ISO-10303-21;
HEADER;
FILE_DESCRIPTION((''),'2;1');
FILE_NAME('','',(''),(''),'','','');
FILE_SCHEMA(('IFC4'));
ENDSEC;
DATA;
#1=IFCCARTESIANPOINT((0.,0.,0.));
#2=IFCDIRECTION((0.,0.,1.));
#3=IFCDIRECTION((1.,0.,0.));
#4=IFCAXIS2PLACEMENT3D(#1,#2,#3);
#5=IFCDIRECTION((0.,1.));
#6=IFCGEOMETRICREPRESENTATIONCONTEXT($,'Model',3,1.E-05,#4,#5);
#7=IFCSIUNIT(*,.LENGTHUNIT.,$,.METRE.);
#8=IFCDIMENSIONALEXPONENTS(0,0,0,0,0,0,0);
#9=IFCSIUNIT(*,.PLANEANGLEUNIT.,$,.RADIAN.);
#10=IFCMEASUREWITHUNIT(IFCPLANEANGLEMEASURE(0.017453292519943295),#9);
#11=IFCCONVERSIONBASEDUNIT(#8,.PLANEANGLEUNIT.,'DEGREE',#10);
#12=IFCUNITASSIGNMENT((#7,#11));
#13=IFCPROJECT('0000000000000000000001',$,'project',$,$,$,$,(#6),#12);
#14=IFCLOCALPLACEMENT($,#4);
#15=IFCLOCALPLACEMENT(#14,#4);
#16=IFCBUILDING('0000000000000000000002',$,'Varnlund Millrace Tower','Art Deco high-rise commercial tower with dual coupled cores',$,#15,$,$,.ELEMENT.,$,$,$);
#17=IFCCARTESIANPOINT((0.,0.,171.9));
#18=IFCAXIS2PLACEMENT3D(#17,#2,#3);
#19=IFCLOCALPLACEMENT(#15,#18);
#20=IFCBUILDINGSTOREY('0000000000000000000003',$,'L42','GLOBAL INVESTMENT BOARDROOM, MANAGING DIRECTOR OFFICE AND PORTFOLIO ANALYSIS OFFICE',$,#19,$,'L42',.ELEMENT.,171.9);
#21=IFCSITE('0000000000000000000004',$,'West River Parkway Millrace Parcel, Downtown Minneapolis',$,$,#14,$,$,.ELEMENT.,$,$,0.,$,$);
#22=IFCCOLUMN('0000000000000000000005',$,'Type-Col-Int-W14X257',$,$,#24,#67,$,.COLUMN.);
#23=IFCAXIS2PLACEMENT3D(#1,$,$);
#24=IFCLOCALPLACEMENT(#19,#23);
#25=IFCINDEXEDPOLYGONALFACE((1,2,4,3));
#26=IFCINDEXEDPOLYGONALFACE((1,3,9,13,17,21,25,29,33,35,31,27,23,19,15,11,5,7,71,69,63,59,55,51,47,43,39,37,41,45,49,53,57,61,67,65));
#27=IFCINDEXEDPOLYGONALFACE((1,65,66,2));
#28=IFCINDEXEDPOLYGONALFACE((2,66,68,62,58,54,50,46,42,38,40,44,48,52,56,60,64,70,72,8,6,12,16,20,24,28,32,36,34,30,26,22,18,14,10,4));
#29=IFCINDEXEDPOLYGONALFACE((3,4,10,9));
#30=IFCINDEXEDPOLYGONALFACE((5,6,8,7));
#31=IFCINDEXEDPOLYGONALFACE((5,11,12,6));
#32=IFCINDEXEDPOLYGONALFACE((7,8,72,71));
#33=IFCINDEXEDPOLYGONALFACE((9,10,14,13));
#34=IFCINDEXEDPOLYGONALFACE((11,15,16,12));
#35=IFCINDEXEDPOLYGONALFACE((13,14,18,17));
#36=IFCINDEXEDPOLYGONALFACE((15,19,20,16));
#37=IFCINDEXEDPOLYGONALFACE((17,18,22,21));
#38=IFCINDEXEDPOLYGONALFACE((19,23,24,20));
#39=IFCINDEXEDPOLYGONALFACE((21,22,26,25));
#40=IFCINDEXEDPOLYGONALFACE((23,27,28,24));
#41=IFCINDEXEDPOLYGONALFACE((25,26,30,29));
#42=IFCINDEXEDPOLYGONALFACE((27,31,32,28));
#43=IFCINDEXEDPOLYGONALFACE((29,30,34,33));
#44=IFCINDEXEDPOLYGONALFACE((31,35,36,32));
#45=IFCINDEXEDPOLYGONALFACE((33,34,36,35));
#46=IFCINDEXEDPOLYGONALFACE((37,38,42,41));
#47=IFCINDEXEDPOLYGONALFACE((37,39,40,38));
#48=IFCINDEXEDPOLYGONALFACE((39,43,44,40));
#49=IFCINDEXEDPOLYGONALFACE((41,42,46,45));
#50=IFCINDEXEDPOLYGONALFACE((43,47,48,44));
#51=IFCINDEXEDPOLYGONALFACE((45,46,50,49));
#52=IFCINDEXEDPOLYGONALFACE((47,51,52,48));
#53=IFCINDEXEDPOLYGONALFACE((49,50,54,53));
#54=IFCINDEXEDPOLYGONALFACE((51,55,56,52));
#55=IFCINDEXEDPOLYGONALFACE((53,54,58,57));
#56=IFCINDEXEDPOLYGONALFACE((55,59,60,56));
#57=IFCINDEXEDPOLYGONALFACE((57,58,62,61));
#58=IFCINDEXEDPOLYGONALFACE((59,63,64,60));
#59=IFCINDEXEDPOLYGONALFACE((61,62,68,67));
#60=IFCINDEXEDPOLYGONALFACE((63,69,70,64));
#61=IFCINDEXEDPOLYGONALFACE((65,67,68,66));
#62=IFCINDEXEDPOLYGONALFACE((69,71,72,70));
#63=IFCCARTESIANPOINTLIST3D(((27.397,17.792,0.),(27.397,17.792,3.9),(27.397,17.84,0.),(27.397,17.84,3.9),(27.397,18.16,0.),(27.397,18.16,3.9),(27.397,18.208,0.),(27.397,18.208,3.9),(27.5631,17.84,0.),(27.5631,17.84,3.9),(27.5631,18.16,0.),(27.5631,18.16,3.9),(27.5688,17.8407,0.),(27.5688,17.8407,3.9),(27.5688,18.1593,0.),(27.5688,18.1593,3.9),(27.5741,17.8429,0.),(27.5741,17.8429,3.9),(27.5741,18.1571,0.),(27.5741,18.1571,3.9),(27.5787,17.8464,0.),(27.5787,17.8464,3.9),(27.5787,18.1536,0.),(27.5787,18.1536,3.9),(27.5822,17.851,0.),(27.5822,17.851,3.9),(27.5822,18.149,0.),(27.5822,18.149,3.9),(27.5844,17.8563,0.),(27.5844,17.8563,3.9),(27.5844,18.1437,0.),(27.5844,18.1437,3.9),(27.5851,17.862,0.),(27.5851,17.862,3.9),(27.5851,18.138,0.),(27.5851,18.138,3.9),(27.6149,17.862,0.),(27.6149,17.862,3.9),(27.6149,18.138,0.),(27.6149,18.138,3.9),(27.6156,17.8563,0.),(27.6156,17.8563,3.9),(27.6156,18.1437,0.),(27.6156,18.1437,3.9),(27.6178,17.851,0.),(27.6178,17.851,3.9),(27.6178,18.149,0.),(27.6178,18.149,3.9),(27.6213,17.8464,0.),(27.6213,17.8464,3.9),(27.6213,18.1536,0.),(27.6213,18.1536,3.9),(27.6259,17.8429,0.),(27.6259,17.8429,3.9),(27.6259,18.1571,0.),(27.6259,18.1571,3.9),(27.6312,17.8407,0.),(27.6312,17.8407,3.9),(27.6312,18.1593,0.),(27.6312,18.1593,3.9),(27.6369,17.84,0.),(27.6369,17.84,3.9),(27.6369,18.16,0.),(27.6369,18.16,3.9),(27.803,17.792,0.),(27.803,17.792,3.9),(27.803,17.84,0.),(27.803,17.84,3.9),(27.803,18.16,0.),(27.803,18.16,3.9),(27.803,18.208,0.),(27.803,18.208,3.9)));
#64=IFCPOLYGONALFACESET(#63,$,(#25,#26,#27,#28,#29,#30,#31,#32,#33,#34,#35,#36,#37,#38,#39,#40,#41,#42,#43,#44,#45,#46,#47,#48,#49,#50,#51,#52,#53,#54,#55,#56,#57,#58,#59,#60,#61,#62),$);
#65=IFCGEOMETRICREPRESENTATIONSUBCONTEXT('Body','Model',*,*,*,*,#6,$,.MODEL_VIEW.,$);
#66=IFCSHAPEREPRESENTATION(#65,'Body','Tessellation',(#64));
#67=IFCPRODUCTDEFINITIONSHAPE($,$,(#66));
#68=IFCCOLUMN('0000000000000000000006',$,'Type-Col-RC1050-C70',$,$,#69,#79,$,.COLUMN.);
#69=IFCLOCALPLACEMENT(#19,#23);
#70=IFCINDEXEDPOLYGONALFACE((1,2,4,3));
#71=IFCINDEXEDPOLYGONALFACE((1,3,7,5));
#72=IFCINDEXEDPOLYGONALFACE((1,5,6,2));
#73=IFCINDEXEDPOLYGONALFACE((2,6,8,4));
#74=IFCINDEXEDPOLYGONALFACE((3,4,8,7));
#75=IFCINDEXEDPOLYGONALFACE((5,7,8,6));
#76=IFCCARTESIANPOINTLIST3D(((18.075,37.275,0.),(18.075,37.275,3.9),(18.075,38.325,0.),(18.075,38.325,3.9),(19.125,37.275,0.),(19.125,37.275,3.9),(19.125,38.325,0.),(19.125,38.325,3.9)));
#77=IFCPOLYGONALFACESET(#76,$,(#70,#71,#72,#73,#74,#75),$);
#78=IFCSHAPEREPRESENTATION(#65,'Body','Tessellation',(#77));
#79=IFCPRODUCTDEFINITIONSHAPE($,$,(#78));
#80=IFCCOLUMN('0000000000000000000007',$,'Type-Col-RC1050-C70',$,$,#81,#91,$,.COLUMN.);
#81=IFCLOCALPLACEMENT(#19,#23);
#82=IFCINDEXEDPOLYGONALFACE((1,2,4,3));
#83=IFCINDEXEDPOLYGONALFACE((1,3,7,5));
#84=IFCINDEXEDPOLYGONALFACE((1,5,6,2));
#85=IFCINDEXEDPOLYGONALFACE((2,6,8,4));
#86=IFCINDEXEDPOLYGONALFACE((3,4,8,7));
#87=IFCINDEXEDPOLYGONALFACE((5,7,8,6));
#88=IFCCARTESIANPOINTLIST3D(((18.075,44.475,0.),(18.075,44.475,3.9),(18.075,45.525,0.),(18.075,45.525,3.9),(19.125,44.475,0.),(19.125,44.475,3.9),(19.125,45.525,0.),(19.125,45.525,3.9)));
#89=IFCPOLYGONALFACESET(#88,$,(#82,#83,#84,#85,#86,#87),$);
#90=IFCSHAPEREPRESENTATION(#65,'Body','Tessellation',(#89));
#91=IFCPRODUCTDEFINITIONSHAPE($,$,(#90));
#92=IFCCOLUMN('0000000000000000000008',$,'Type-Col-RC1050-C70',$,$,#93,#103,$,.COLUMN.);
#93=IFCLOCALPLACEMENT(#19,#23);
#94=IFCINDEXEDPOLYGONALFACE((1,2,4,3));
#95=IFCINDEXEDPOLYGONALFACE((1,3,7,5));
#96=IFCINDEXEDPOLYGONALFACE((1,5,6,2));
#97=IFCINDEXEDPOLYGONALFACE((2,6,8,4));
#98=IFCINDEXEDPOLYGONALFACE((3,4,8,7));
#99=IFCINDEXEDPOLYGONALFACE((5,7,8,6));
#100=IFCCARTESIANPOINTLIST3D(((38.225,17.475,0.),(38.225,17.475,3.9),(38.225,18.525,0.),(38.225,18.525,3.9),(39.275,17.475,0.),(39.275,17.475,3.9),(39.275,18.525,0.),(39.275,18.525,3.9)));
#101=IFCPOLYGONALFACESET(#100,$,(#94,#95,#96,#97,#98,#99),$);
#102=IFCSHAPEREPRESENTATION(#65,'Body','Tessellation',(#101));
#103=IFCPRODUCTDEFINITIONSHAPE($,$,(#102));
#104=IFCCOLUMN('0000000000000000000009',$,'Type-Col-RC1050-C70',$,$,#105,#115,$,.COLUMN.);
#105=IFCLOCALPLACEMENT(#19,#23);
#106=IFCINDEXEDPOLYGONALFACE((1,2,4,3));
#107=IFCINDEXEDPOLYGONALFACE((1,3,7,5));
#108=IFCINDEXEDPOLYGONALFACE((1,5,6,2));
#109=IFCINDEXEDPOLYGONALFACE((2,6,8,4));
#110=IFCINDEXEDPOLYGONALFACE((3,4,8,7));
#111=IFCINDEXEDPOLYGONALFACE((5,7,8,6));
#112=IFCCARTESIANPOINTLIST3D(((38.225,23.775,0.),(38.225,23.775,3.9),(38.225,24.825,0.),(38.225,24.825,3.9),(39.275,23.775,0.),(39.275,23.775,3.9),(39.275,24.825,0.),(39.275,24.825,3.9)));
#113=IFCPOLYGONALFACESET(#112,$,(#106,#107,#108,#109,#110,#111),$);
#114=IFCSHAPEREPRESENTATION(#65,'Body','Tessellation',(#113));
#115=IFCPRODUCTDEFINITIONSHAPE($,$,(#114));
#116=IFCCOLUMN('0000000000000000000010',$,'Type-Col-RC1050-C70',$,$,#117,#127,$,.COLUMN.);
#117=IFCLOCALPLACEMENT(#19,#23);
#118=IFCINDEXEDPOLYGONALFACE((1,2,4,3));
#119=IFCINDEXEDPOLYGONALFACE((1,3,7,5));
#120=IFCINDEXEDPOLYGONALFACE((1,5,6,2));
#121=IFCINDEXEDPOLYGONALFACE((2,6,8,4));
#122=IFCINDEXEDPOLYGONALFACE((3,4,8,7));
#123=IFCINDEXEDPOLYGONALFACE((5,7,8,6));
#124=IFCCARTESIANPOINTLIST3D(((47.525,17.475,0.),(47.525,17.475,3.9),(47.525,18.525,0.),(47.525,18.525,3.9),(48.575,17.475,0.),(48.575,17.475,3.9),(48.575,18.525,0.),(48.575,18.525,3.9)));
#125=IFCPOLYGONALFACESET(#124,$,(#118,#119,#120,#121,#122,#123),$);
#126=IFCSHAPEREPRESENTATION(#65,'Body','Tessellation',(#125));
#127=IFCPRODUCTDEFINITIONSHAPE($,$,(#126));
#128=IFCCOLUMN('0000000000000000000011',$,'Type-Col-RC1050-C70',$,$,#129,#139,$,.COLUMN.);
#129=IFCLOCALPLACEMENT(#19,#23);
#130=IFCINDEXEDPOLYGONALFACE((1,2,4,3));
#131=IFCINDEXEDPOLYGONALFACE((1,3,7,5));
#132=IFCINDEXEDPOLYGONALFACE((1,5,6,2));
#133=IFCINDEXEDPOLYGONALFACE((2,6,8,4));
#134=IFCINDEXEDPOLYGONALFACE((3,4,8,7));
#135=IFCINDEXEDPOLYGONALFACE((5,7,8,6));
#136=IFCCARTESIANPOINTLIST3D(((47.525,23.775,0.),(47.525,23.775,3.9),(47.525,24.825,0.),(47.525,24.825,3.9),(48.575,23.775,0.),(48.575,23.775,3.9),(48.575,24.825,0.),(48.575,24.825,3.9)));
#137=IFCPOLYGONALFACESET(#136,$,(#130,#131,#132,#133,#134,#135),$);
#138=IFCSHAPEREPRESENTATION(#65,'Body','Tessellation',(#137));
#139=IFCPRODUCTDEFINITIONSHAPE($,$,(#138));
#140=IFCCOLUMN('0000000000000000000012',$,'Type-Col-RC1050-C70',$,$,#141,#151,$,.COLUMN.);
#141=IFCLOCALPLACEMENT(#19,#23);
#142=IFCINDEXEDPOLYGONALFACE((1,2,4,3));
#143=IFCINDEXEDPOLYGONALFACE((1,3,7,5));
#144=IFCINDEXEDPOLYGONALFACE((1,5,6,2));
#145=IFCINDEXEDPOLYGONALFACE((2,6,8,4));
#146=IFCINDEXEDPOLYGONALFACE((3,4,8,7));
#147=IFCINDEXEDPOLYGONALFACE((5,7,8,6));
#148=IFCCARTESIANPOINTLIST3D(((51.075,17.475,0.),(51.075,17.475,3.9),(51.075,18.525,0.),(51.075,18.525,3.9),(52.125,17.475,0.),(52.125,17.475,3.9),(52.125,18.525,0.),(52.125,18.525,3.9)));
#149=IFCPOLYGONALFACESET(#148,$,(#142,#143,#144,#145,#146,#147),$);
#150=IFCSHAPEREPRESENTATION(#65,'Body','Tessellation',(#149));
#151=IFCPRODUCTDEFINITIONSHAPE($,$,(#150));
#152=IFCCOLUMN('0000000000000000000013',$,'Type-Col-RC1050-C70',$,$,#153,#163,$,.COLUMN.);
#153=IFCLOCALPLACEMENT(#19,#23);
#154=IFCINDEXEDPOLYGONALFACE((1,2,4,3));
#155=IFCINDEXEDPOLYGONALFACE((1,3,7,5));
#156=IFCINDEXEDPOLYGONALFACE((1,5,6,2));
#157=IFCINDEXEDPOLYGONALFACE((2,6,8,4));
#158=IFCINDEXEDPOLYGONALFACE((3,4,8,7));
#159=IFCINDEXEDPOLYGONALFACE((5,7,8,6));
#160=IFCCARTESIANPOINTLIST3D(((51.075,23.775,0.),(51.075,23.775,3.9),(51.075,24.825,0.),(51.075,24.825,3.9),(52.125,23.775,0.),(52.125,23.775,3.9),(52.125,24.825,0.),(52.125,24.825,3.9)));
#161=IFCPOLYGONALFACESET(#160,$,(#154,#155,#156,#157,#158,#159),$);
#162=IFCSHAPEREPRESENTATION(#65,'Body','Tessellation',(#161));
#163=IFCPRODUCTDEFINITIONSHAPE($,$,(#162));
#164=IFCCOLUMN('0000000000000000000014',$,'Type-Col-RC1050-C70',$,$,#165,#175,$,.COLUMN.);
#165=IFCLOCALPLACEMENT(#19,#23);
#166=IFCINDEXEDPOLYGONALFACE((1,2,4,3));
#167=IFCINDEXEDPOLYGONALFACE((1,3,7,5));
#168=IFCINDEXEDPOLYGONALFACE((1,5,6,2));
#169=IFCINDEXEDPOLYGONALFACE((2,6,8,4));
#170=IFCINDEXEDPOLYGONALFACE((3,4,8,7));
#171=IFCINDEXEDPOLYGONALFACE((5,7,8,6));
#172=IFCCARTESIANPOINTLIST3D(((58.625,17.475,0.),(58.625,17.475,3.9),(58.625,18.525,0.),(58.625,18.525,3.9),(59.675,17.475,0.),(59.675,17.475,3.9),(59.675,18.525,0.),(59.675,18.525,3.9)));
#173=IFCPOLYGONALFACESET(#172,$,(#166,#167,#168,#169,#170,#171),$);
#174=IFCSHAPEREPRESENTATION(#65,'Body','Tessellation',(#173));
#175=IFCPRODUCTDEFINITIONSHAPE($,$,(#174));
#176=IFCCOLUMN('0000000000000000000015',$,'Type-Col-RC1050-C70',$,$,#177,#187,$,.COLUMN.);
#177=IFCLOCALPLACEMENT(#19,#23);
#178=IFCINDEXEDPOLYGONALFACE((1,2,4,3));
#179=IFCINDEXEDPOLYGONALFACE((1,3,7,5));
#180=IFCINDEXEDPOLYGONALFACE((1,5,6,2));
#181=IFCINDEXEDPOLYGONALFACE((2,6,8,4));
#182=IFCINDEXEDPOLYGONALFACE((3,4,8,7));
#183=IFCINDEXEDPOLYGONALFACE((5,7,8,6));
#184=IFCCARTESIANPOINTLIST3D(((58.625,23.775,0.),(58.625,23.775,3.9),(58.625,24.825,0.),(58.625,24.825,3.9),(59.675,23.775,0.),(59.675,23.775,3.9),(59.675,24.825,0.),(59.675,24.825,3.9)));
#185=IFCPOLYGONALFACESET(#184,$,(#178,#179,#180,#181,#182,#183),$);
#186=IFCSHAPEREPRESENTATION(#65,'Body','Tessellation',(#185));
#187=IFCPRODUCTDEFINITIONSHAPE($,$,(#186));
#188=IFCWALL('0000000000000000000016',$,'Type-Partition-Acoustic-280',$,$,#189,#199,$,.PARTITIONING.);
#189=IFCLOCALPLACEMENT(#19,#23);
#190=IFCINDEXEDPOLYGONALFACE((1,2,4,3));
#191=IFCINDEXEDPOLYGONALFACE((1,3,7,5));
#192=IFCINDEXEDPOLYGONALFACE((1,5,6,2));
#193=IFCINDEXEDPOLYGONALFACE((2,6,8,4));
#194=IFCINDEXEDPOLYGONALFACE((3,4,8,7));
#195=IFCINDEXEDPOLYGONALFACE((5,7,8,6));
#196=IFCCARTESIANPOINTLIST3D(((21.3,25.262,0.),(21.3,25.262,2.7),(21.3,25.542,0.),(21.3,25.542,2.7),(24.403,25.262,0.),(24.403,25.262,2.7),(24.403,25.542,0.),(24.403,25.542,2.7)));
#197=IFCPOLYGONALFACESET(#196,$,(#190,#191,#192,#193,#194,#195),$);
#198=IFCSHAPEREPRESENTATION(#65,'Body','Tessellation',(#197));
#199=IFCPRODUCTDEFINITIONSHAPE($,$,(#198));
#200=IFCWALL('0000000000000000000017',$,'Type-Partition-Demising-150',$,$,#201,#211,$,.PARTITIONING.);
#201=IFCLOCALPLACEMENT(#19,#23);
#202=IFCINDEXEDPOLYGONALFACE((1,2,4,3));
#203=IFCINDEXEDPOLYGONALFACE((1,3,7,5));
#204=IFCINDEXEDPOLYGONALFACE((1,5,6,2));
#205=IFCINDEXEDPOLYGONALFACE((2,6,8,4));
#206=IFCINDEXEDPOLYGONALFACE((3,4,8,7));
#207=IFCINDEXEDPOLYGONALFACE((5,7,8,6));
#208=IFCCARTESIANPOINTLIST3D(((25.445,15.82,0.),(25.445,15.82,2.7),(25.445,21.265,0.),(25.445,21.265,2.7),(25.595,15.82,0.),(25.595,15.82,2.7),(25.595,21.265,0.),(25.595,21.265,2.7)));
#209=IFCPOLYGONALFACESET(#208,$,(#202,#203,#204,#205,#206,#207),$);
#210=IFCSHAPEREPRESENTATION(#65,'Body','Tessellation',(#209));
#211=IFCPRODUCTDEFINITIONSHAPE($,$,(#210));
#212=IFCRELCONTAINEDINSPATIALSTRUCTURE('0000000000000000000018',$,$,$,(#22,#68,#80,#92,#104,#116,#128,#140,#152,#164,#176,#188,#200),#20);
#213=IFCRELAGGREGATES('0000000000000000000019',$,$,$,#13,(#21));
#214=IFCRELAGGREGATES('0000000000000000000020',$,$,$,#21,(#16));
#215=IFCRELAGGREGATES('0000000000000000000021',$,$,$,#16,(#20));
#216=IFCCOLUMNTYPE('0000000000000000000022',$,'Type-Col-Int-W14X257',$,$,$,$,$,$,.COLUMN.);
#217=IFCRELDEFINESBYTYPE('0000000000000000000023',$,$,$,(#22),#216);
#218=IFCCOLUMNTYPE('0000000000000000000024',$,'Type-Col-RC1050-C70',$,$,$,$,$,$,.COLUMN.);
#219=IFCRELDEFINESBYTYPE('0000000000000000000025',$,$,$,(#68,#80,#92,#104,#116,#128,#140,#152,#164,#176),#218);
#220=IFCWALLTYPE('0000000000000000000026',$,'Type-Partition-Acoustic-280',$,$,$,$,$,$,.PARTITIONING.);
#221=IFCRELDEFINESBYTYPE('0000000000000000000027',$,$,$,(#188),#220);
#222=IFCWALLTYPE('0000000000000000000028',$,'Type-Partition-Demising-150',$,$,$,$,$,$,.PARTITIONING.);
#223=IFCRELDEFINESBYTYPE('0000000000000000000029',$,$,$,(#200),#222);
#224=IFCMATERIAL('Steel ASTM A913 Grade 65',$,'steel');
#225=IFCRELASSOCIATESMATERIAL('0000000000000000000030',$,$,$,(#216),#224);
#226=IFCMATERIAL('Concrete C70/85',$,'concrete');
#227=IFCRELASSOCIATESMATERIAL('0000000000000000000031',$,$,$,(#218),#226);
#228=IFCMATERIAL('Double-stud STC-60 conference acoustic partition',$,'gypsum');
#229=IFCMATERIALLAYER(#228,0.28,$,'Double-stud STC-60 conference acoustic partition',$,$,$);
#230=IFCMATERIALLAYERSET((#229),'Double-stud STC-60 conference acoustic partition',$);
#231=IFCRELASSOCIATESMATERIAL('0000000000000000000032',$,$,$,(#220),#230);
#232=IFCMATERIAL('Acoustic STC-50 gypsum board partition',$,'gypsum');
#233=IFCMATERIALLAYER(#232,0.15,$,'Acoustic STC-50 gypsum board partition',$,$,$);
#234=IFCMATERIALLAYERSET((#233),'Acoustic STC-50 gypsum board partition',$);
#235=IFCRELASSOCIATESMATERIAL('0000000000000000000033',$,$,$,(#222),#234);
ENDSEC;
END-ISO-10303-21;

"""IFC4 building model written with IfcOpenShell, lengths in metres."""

from ifc_helpers import new_model, entity, si_unit, converted_unit, direction, frame, origin_with_axes, origin_2d_with_axis, place, context, subcontext, project, spatial, polyline, rectangle, i_section, outline, extrude, material, layer, layer_set, material_profile, profile_set, type_object, element, save


model = new_model("IFC4")

# Units and contexts
model_context = context("Model", 3, precision=1e-05, world=origin_with_axes(), true_north=direction((0.0, 1.0)))
body_context = subcontext(model_context, "Body", "Model", "MODEL_VIEW")
ifc_project = project(units=[si_unit("LENGTHUNIT", "METRE"), converted_unit("PLANEANGLEUNIT", "DEGREE", entity("IfcPlaneAngleMeasure", 0.017453292519943295), si_unit("PLANEANGLEUNIT", "RADIAN"), dimensions=[0, 0, 0, 0, 0, 0, 0])], contexts=[model_context])

# Site, building, storey
site_placement = place(None, origin_with_axes())
site = spatial("IfcSite", under=ifc_project, at=site_placement, Name="West River Parkway Millrace Parcel, Downtown Minneapolis", CompositionType="ELEMENT", RefElevation=0.0)
building_placement = place(site_placement, origin_with_axes())
building = spatial("IfcBuilding", under=site, at=building_placement, Name="Varnlund Millrace Tower", Description="Art Deco high-rise commercial tower with dual coupled cores", CompositionType="ELEMENT")
storey_placement = place(building_placement, frame((0.0, 0.0, 171.9), z_axis=(0.0, 0.0, 1.0), x_axis=(1.0, 0.0, 0.0)))
storey = spatial("IfcBuildingStorey", under=building, at=storey_placement, Name="L42", Description="GLOBAL INVESTMENT BOARDROOM, MANAGING DIRECTOR OFFICE AND PORTFOLIO ANALYSIS OFFICE", LongName="L42", CompositionType="ELEMENT", Elevation=171.9)

# Columns
ifc_material_1 = material(Name="Steel ASTM A913 Grade 65", Category="steel")
ifc_material_profile_1 = material_profile(ifc_material_1, i_section(OverallWidth=0.406, OverallDepth=0.416, WebThickness=0.0298, FlangeThickness=0.048, FilletRadius=0.022, at=origin_2d_with_axis()), Name="Steel ASTM A913 Grade 65")
ifc_profile_set_1 = profile_set([ifc_material_profile_1], Name="Steel ASTM A913 Grade 65")
column_type_1 = type_object("IfcColumnType", Name="Type-Col-Int-W14X257", PredefinedType="COLUMN", material=ifc_profile_set_1)
column_placement = place(storey_placement, frame((27.6, 18.0, 0.0), z_axis=(0.0, 0.0, 1.0), x_axis=(1.0, 0.0, 0.0)))
element("IfcColumn", 1, at=column_placement, inside=storey, type_object=column_type_1, Name="Type-Col-Int-W14X257", PredefinedType="COLUMN", context=body_context, shape_type="SweptSolid", body=[
    extrude(i_section(OverallWidth=0.406, OverallDepth=0.416, WebThickness=0.0298, FlangeThickness=0.048, FilletRadius=0.022, at=origin_2d_with_axis()), origin_with_axes(), (0.0, 0.0, 1.0), 3.9),
])
ifc_material_2 = material(Name="Concrete C70/85", Category="concrete")
ifc_material_profile_2 = material_profile(ifc_material_2, rectangle(XDim=1.05, YDim=1.05, at=origin_2d_with_axis()), Name="Concrete C70/85")
ifc_profile_set_2 = profile_set([ifc_material_profile_2], Name="Concrete C70/85")
column_type_2 = type_object("IfcColumnType", Name="Type-Col-RC1050-C70", PredefinedType="COLUMN", material=ifc_profile_set_2)
for number, where, z_axis, x_axis, name in (
    (2, (18.6, 37.8, 0.0), (0.0, 0.0, 1.0), (1.0, 0.0, 0.0), "Type-Col-RC1050-C70"),
    (3, (18.6, 45.0, 0.0), (0.0, 0.0, 1.0), (1.0, 0.0, 0.0), "Type-Col-RC1050-C70"),
    (4, (38.75, 18.0, 0.0), (0.0, 0.0, 1.0), (1.0, 0.0, 0.0), "Type-Col-RC1050-C70"),
    (5, (38.75, 24.3, 0.0), (0.0, 0.0, 1.0), (1.0, 0.0, 0.0), "Type-Col-RC1050-C70"),
    (6, (48.05, 18.0, 0.0), (0.0, 0.0, 1.0), (1.0, 0.0, 0.0), "Type-Col-RC1050-C70"),
    (7, (48.05, 24.3, 0.0), (0.0, 0.0, 1.0), (1.0, 0.0, 0.0), "Type-Col-RC1050-C70"),
    (8, (51.6, 18.0, 0.0), (0.0, 0.0, 1.0), (1.0, 0.0, 0.0), "Type-Col-RC1050-C70"),
    (9, (51.6, 24.3, 0.0), (0.0, 0.0, 1.0), (1.0, 0.0, 0.0), "Type-Col-RC1050-C70"),
    (10, (59.15, 18.0, 0.0), (0.0, 0.0, 1.0), (1.0, 0.0, 0.0), "Type-Col-RC1050-C70"),
    (11, (59.15, 24.3, 0.0), (0.0, 0.0, 1.0), (1.0, 0.0, 0.0), "Type-Col-RC1050-C70"),
):
    element("IfcColumn", number, at=place(storey_placement, frame(where, z_axis=z_axis, x_axis=x_axis)), inside=storey, type_object=column_type_2, Name=name, PredefinedType="COLUMN", context=body_context, shape_type="SweptSolid", body=[
        extrude(rectangle(XDim=1.05, YDim=1.05, at=origin_2d_with_axis()), origin_with_axes(), (0.0, 0.0, 1.0), 3.9),
    ])

# Walls
ifc_material_3 = material(Name="Double-stud STC-60 conference acoustic partition", Category="gypsum")
ifc_layer_1 = layer(ifc_material_3, 0.28, Name="Double-stud STC-60 conference acoustic partition")
ifc_layer_set_1 = layer_set([ifc_layer_1], Name="Double-stud STC-60 conference acoustic partition")
wall_type_1 = type_object("IfcWallType", Name="Type-Partition-Acoustic-280", PredefinedType="PARTITIONING", material=ifc_layer_set_1)
wall_1_placement = place(storey_placement, frame((21.3, 25.402, 0.0), z_axis=(0.0, 0.0, 1.0), x_axis=(1.0, 0.0, 0.0)))
element("IfcWall", 12, at=wall_1_placement, inside=storey, type_object=wall_type_1, Name="Type-Partition-Acoustic-280", PredefinedType="PARTITIONING", context=body_context, shape_type="SweptSolid", body=[
    extrude(outline(polyline([(0.0, -0.14), (3.103, -0.14), (3.103, 0.14), (0.0, 0.14), (0.0, -0.14)])), origin_with_axes(), (0.0, 0.0, 1.0), 2.7),
])
ifc_material_4 = material(Name="Acoustic STC-50 gypsum board partition", Category="gypsum")
ifc_layer_2 = layer(ifc_material_4, 0.15, Name="Acoustic STC-50 gypsum board partition")
ifc_layer_set_2 = layer_set([ifc_layer_2], Name="Acoustic STC-50 gypsum board partition")
wall_type_2 = type_object("IfcWallType", Name="Type-Partition-Demising-150", PredefinedType="PARTITIONING", material=ifc_layer_set_2)
wall_2_placement = place(storey_placement, frame((25.52, 15.82, 0.0), z_axis=(0.0, 0.0, 1.0), x_axis=(0.0, 1.0, 0.0)))
element("IfcWall", 13, at=wall_2_placement, inside=storey, type_object=wall_type_2, Name="Type-Partition-Demising-150", PredefinedType="PARTITIONING", context=body_context, shape_type="SweptSolid", body=[
    extrude(outline(polyline([(0.0, -0.075), (5.445, -0.075), (5.445, 0.075), (0.0, 0.075), (0.0, -0.075)])), origin_with_axes(), (0.0, 0.0, 1.0), 2.7),
])

save(model, "model.ifc")
